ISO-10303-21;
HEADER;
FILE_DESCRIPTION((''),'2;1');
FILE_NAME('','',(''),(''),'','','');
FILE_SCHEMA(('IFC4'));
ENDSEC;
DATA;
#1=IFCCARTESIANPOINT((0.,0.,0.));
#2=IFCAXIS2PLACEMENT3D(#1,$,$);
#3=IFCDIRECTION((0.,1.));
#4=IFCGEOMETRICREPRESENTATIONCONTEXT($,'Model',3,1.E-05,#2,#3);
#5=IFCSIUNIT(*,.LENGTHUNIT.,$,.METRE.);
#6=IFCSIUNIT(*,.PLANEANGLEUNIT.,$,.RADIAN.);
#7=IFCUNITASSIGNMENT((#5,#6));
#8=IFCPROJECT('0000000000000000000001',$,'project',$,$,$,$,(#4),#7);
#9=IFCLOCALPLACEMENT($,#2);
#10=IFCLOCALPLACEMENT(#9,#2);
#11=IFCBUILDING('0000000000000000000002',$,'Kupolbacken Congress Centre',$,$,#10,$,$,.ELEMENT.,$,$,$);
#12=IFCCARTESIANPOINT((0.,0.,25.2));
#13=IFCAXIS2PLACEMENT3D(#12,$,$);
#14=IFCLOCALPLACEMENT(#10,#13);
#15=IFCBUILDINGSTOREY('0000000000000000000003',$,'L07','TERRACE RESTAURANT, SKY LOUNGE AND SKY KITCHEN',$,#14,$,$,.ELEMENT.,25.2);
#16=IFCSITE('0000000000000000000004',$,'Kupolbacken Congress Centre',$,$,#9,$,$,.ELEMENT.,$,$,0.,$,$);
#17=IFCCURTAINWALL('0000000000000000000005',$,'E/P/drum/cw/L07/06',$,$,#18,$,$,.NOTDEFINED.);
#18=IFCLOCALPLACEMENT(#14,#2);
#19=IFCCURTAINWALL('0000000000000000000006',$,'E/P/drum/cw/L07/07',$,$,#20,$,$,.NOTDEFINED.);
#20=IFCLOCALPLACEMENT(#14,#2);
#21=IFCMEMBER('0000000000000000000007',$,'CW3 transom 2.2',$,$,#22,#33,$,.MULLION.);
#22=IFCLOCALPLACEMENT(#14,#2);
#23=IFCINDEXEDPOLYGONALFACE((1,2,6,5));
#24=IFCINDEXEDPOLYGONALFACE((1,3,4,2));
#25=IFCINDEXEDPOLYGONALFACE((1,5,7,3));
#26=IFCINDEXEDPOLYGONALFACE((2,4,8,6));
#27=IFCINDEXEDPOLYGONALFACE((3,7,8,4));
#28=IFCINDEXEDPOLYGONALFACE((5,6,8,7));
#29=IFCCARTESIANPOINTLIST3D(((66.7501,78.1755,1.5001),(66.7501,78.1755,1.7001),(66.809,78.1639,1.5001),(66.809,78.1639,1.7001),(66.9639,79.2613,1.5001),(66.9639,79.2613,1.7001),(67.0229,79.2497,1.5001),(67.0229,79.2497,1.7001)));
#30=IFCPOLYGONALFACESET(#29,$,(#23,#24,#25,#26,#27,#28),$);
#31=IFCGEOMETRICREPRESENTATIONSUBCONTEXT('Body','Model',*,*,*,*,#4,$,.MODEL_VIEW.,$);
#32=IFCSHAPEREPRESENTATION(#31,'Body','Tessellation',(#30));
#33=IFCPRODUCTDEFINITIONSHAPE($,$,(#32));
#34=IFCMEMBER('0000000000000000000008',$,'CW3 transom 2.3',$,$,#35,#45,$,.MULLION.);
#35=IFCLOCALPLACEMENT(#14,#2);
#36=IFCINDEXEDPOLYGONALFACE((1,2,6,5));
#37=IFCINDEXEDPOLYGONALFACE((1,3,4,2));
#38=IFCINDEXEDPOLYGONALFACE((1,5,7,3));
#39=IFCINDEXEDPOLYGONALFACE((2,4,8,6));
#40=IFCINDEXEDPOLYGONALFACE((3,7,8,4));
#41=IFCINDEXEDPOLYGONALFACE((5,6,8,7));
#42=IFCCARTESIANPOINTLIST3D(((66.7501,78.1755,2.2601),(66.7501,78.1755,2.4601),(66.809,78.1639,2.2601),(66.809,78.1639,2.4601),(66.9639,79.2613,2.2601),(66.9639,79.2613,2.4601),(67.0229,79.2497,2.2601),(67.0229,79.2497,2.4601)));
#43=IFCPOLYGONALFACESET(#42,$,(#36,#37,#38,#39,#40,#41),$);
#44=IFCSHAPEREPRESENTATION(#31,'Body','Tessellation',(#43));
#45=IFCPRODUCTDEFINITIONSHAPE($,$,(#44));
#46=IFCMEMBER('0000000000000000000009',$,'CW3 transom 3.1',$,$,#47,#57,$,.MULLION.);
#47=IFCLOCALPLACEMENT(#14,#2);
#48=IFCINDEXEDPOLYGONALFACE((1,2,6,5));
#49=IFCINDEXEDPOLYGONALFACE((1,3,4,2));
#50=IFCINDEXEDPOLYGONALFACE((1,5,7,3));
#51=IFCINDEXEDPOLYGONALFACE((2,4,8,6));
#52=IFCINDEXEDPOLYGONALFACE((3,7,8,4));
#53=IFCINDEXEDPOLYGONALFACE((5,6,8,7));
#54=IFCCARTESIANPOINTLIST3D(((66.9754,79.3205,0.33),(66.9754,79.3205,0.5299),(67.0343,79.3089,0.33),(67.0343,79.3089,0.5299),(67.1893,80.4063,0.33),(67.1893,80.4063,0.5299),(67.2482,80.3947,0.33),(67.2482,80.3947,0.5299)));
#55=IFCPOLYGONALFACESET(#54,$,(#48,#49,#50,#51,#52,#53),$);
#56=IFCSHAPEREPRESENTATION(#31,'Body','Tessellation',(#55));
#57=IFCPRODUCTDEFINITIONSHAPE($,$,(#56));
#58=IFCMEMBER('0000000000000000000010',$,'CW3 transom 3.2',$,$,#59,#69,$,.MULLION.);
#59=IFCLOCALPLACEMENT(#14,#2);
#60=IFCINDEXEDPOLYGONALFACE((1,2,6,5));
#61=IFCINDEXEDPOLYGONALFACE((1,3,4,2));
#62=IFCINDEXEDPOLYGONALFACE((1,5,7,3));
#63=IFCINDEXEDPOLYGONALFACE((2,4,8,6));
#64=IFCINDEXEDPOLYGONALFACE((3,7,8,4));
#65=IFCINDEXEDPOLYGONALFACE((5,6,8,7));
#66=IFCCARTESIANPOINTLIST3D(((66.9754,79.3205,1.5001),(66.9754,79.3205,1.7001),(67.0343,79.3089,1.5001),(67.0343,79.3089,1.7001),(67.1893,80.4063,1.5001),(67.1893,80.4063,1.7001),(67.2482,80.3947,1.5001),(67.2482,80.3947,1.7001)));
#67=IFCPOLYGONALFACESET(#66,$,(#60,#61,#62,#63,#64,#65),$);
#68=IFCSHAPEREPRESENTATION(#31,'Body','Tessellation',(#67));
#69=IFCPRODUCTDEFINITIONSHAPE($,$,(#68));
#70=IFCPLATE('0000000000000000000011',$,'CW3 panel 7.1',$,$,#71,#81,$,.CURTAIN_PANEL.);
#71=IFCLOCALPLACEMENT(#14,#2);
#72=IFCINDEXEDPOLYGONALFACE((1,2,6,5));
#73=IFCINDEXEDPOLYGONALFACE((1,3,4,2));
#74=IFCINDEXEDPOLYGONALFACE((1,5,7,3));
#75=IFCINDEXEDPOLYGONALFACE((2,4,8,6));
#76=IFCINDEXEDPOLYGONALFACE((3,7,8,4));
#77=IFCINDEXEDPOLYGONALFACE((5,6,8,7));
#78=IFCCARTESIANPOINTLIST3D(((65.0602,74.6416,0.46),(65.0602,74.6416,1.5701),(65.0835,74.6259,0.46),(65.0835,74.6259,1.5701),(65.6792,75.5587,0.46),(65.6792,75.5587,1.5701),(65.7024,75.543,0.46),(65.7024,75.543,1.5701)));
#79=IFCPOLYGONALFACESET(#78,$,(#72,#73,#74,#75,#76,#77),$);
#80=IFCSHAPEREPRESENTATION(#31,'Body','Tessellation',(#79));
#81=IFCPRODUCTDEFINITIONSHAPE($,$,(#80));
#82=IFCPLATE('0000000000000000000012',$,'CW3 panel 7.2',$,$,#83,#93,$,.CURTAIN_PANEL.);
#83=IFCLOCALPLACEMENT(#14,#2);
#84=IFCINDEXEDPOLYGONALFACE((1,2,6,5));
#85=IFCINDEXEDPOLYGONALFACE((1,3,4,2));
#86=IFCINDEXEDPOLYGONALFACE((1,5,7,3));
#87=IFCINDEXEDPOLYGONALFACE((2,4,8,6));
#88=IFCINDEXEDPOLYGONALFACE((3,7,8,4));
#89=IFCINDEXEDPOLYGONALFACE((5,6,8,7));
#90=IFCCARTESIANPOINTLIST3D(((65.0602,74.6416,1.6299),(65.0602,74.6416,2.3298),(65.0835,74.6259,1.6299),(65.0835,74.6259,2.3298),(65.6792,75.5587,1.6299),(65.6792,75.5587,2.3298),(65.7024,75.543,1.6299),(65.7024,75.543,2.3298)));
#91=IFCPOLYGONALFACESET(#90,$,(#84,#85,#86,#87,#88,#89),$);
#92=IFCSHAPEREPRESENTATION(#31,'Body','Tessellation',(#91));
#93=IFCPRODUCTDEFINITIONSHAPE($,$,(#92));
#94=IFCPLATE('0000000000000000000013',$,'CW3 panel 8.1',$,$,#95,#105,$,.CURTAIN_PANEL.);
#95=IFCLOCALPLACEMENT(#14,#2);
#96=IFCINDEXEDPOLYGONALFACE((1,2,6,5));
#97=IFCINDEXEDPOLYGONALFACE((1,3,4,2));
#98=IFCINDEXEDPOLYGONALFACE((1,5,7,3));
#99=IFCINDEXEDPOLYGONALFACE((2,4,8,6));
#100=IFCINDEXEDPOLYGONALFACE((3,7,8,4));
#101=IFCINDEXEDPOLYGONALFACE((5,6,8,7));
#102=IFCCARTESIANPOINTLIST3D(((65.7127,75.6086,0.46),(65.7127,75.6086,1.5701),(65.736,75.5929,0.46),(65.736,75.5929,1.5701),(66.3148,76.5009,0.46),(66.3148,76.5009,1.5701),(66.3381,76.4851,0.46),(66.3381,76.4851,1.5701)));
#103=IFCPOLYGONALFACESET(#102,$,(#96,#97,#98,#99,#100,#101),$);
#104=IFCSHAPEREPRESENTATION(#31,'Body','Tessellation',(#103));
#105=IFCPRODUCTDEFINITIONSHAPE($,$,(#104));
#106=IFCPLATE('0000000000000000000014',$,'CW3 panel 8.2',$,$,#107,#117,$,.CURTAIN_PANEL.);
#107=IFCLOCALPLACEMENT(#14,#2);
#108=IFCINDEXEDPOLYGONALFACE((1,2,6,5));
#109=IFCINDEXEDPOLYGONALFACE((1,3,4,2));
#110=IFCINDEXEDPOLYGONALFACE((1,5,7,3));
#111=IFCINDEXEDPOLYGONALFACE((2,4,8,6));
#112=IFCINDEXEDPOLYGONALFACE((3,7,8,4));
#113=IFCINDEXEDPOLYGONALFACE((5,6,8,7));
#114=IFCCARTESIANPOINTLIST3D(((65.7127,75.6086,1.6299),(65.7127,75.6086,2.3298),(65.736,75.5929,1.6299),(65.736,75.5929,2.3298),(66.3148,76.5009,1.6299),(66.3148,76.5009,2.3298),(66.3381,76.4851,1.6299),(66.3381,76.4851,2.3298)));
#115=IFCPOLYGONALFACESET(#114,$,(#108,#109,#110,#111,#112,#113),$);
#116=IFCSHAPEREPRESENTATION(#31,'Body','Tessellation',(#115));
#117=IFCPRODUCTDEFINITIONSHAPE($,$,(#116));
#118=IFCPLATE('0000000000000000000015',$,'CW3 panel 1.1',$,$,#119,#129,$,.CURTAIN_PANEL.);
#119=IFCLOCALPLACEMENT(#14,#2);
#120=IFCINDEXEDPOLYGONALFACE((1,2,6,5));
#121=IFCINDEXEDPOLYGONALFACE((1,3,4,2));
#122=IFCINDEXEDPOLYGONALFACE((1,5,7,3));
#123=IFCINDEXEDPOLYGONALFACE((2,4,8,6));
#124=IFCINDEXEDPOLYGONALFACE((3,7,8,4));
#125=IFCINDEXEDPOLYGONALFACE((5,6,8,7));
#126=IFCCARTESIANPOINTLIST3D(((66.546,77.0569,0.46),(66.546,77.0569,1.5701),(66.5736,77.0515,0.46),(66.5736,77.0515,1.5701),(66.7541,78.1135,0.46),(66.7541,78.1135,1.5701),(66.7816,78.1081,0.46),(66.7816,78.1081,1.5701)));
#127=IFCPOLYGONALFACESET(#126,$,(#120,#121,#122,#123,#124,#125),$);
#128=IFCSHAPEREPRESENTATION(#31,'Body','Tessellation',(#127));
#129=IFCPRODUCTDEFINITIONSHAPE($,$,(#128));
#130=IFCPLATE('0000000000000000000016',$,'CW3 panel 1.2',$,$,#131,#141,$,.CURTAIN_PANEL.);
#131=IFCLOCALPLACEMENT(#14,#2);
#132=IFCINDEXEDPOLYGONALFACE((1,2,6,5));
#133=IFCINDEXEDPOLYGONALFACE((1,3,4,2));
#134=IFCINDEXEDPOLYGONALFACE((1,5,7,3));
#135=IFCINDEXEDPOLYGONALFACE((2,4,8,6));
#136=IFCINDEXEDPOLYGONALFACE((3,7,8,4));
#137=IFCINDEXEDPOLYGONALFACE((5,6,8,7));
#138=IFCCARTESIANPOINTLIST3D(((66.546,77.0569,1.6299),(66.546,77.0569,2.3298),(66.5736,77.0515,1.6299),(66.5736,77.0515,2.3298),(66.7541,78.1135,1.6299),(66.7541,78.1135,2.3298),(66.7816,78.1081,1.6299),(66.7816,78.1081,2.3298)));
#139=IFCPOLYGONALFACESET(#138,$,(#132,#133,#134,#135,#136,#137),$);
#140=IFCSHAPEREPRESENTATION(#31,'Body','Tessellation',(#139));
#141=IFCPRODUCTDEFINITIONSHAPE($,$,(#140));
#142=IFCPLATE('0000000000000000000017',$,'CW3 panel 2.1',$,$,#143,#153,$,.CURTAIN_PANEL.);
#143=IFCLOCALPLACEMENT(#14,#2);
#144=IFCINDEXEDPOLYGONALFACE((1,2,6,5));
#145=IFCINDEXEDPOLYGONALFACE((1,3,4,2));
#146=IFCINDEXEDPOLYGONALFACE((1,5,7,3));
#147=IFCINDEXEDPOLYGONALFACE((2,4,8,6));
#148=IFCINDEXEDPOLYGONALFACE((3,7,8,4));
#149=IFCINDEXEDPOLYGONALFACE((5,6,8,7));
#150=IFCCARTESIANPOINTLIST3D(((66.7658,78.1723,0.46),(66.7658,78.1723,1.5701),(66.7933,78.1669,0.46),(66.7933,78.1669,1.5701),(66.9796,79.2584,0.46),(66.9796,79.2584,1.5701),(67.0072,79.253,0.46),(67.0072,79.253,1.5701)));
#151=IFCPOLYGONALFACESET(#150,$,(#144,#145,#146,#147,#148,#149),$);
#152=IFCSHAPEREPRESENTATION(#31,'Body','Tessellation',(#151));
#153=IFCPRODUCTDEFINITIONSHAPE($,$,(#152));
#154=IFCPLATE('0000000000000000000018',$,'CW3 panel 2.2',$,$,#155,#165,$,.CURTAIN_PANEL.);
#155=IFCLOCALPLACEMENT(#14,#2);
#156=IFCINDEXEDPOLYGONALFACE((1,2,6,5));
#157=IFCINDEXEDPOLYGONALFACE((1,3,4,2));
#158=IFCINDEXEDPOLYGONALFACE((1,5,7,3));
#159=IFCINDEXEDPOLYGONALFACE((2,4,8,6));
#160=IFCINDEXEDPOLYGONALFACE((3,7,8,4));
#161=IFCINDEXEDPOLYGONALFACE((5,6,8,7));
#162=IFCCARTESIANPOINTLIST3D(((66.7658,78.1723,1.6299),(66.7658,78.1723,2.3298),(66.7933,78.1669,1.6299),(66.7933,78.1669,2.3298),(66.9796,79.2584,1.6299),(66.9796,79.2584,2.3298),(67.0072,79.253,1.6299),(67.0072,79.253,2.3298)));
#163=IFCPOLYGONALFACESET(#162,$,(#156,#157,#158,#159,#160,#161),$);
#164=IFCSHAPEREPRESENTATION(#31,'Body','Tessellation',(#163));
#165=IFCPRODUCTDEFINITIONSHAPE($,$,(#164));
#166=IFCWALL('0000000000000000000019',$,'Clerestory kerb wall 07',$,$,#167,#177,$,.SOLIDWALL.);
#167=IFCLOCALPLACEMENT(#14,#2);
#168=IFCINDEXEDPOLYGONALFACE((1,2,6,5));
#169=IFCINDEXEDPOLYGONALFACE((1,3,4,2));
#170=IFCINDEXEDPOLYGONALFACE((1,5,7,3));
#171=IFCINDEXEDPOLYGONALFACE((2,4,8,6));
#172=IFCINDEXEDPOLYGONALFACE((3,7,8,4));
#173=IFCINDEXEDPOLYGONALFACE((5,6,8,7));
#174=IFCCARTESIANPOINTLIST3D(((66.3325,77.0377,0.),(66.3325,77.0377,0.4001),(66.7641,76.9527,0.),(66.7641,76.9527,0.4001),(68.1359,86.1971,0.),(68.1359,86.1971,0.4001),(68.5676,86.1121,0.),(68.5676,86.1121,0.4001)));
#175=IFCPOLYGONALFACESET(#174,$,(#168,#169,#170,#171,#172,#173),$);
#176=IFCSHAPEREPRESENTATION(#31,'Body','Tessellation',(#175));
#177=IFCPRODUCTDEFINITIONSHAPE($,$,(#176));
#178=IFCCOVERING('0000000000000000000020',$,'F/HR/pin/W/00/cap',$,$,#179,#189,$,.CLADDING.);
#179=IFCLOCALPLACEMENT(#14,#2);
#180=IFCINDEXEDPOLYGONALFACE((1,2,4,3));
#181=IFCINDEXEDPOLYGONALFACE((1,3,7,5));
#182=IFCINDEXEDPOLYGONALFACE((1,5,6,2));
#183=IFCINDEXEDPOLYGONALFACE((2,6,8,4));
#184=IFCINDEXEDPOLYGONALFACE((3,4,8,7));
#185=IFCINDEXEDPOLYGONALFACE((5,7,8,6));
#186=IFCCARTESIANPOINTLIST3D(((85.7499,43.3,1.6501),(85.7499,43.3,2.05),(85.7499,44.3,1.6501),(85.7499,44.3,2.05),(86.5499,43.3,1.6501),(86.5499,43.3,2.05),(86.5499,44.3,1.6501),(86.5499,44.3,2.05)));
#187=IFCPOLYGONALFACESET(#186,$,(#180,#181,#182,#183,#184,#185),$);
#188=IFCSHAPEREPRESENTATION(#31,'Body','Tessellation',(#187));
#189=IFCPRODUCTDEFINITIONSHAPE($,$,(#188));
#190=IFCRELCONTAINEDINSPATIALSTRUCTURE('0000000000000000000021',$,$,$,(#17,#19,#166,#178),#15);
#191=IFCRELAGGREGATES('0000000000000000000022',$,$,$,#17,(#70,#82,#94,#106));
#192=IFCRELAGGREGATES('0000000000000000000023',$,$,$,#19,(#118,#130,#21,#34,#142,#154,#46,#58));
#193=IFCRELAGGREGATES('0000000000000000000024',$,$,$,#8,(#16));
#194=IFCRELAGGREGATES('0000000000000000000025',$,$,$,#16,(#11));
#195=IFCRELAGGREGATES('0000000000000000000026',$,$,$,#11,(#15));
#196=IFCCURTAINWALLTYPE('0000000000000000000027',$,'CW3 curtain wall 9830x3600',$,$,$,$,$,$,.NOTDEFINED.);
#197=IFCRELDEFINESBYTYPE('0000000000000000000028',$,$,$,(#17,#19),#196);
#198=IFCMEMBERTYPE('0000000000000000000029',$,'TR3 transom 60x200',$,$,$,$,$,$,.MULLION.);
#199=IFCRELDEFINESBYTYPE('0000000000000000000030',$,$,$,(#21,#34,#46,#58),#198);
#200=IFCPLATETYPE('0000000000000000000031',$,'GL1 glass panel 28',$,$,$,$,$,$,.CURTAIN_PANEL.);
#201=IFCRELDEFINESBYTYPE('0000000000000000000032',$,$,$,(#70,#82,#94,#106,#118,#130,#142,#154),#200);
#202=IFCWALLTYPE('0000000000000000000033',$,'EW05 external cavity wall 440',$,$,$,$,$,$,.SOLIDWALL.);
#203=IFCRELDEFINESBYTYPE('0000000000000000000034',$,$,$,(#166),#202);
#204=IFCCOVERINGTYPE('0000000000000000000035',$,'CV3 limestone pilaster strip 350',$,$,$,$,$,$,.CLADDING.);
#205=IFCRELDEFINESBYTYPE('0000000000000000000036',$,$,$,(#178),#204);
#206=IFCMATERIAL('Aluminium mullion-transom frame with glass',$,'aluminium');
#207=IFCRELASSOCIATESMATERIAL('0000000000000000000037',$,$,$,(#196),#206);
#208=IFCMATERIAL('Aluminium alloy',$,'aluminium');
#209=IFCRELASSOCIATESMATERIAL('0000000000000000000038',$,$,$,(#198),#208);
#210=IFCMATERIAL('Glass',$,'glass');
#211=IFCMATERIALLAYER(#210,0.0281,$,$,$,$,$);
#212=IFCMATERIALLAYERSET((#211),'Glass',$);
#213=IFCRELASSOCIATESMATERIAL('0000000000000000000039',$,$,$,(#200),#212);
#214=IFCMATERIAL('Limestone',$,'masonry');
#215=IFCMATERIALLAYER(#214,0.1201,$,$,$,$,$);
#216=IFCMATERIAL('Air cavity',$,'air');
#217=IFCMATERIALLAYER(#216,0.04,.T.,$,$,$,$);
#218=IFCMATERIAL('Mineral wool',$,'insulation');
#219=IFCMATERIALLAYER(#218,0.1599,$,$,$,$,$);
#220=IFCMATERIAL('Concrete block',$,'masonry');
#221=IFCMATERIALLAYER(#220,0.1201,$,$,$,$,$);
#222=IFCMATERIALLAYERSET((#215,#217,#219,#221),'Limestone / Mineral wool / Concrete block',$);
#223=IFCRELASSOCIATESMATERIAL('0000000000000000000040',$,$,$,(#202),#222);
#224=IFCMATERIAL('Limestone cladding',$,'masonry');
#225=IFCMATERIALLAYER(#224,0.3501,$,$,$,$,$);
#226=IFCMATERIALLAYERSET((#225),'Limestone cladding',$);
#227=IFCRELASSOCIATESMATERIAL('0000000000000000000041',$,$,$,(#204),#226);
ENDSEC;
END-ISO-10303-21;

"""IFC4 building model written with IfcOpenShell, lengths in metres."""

from ifc_helpers import new_model, si_unit, direction, frame, frame_2d, origin, origin_2d, place, context, subcontext, project, spatial, rectangle, extrude, material, layer, layer_set, material_profile, profile_set, type_object, element, aggregate, save


model = new_model("IFC4")

# Units and contexts
model_context = context("Model", 3, precision=1e-05, world=origin(), true_north=direction((0.0, 1.0)))
body_context = subcontext(model_context, "Body", "Model", "MODEL_VIEW")
ifc_project = project(units=[si_unit("LENGTHUNIT", "METRE"), si_unit("PLANEANGLEUNIT", "RADIAN")], contexts=[model_context])

# Site, building, storey
site_placement = place(None, origin())
site = spatial("IfcSite", under=ifc_project, at=site_placement, Name="Kupolbacken Congress Centre", CompositionType="ELEMENT", RefElevation=0.0)
building_placement = place(site_placement, origin())
building = spatial("IfcBuilding", under=site, at=building_placement, Name="Kupolbacken Congress Centre", CompositionType="ELEMENT")
storey_placement = place(building_placement, frame((0.0, 0.0, 25.2)))
storey = spatial("IfcBuildingStorey", under=building, at=storey_placement, Name="L07", Description="TERRACE RESTAURANT, SKY LOUNGE AND SKY KITCHEN", CompositionType="ELEMENT", Elevation=25.2)

# Curtain walls
ifc_material_1 = material(Name="Aluminium mullion-transom frame with glass", Category="aluminium")
curtain_wall_type = type_object("IfcCurtainWallType", Name="CW3 curtain wall 9830x3600", PredefinedType="NOTDEFINED", material=ifc_material_1)
curtain_wall_1_placement = place(storey_placement, origin())
curtain_wall_1 = element("IfcCurtainWall", 1, at=curtain_wall_1_placement, inside=storey, type_object=curtain_wall_type, Name="E/P/drum/cw/L07/06", PredefinedType="NOTDEFINED")
curtain_wall_2_placement = place(storey_placement, origin())
curtain_wall_2 = element("IfcCurtainWall", 2, at=curtain_wall_2_placement, inside=storey, type_object=curtain_wall_type, Name="E/P/drum/cw/L07/07", PredefinedType="NOTDEFINED")

# Members
ifc_material_2 = material(Name="Aluminium alloy", Category="aluminium")
ifc_material_profile_1 = material_profile(ifc_material_2, rectangle(XDim=0.0601, YDim=0.2, at=origin_2d()), Name="60 x 200")
ifc_profile_set_1 = profile_set([ifc_material_profile_1], Name="Aluminium alloy")
member_type_1 = type_object("IfcMemberType", Name="TR3 transom 60x200", PredefinedType="MULLION", material=ifc_profile_set_1)
member_1_placement = place(storey_placement, frame((66.7795, 78.1697, 1.6001), z_axis=(0.193231, 0.981153, 0.0), x_axis=(-0.981153, 0.193231, 0.0)))
member_1 = element("IfcMember", 3, at=member_1_placement, type_object=member_type_1, Name="CW3 transom 2.2", PredefinedType="MULLION", context=body_context, shape_type="SweptSolid", body=[
    extrude(rectangle(XDim=0.0601, YDim=0.2, at=origin_2d()), origin(), (0.0, 0.0, 1.0), 1.1067),
])
member_2_placement = place(storey_placement, frame((66.7795, 78.1697, 2.3601), z_axis=(0.193231, 0.981153, 0.0), x_axis=(-0.981153, 0.193231, 0.0)))
member_2 = element("IfcMember", 4, at=member_2_placement, type_object=member_type_1, Name="CW3 transom 2.3", PredefinedType="MULLION", context=body_context, shape_type="SweptSolid", body=[
    extrude(rectangle(XDim=0.0601, YDim=0.2, at=origin_2d()), origin(), (0.0, 0.0, 1.0), 1.1067),
])
member_3_placement = place(storey_placement, frame((67.0049, 79.3147, 0.4299), z_axis=(0.193231, 0.981153, 0.0), x_axis=(-0.981153, 0.193231, 0.0)))
member_3 = element("IfcMember", 5, at=member_3_placement, type_object=member_type_1, Name="CW3 transom 3.1", PredefinedType="MULLION", context=body_context, shape_type="SweptSolid", body=[
    extrude(rectangle(XDim=0.0601, YDim=0.2, at=origin_2d()), origin(), (0.0, 0.0, 1.0), 1.1067),
])
member_4_placement = place(storey_placement, frame((67.0049, 79.3147, 1.6001), z_axis=(0.193231, 0.981153, 0.0), x_axis=(-0.981153, 0.193231, 0.0)))
member_4 = element("IfcMember", 6, at=member_4_placement, type_object=member_type_1, Name="CW3 transom 3.2", PredefinedType="MULLION", context=body_context, shape_type="SweptSolid", body=[
    extrude(rectangle(XDim=0.0601, YDim=0.2, at=origin_2d()), origin(), (0.0, 0.0, 1.0), 1.1067),
])

# Plates
ifc_material_3 = material(Name="Glass", Category="glass")
ifc_layer_1 = layer(ifc_material_3, 0.0281)
ifc_layer_set_1 = layer_set([ifc_layer_1], Name="Glass")
plate_type = type_object("IfcPlateType", Name="GL1 glass panel 28", PredefinedType="CURTAIN_PANEL", material=ifc_layer_set_1)
plate_1_placement = place(storey_placement, frame((65.3813, 75.0923, 0.46), z_axis=(0.0, 0.0, 1.0), x_axis=(0.559386, 0.828908, 0.0)))
plate_1 = element("IfcPlate", 7, at=plate_1_placement, type_object=plate_type, Name="CW3 panel 7.1", PredefinedType="CURTAIN_PANEL", context=body_context, shape_type="SweptSolid", body=[
    extrude(rectangle(XDim=1.1064, YDim=0.0281, at=origin_2d()), origin(), (0.0, 0.0, 1.0), 1.1101),
])
plate_2_placement = place(storey_placement, frame((65.3813, 75.0923, 1.6299), z_axis=(0.0, 0.0, 1.0), x_axis=(0.559386, 0.828908, 0.0)))
plate_2 = element("IfcPlate", 8, at=plate_2_placement, type_object=plate_type, Name="CW3 panel 7.2", PredefinedType="CURTAIN_PANEL", context=body_context, shape_type="SweptSolid", body=[
    extrude(rectangle(XDim=1.1064, YDim=0.0281, at=origin_2d()), origin(), (0.0, 0.0, 1.0), 0.7),
])
plate_3_placement = place(storey_placement, frame((66.0254, 76.0469, 0.46), z_axis=(0.0, 0.0, 1.0), x_axis=(0.559386, 0.828908, 0.0)))
plate_3 = element("IfcPlate", 9, at=plate_3_placement, type_object=plate_type, Name="CW3 panel 8.1", PredefinedType="CURTAIN_PANEL", context=body_context, shape_type="SweptSolid", body=[
    extrude(rectangle(XDim=1.0764, YDim=0.0281, at=origin_2d()), origin(), (0.0, 0.0, 1.0), 1.1101),
])
plate_4_placement = place(storey_placement, frame((66.0254, 76.0469, 1.6299), z_axis=(0.0, 0.0, 1.0), x_axis=(0.559386, 0.828908, 0.0)))
plate_4 = element("IfcPlate", 10, at=plate_4_placement, type_object=plate_type, Name="CW3 panel 8.2", PredefinedType="CURTAIN_PANEL", context=body_context, shape_type="SweptSolid", body=[
    extrude(rectangle(XDim=1.0764, YDim=0.0281, at=origin_2d()), origin(), (0.0, 0.0, 1.0), 0.7),
])
aggregate(curtain_wall_1, [plate_1, plate_2, plate_3, plate_4])
plate_5_placement = place(storey_placement, frame((66.6638, 77.5825, 0.46), z_axis=(0.0, 0.0, 1.0), x_axis=(0.193182, 0.981163, 0.0)))
plate_5 = element("IfcPlate", 11, at=plate_5_placement, type_object=plate_type, Name="CW3 panel 1.1", PredefinedType="CURTAIN_PANEL", context=body_context, shape_type="SweptSolid", body=[
    extrude(rectangle(XDim=1.0769, YDim=0.0281, at=origin_2d()), origin(), (0.0, 0.0, 1.0), 1.1101),
])
plate_6_placement = place(storey_placement, frame((66.6638, 77.5825, 1.6299), z_axis=(0.0, 0.0, 1.0), x_axis=(0.193182, 0.981163, 0.0)))
plate_6 = element("IfcPlate", 12, at=plate_6_placement, type_object=plate_type, Name="CW3 panel 1.2", PredefinedType="CURTAIN_PANEL", context=body_context, shape_type="SweptSolid", body=[
    extrude(rectangle(XDim=1.0769, YDim=0.0281, at=origin_2d()), origin(), (0.0, 0.0, 1.0), 0.7),
])
plate_7_placement = place(storey_placement, frame((66.8865, 78.7126, 0.46), z_axis=(0.0, 0.0, 1.0), x_axis=(0.193182, 0.981163, 0.0)))
plate_7 = element("IfcPlate", 13, at=plate_7_placement, type_object=plate_type, Name="CW3 panel 2.1", PredefinedType="CURTAIN_PANEL", context=body_context, shape_type="SweptSolid", body=[
    extrude(rectangle(XDim=1.1069, YDim=0.0281, at=origin_2d()), origin(), (0.0, 0.0, 1.0), 1.1101),
])
plate_8_placement = place(storey_placement, frame((66.8865, 78.7126, 1.6299), z_axis=(0.0, 0.0, 1.0), x_axis=(0.193182, 0.981163, 0.0)))
plate_8 = element("IfcPlate", 14, at=plate_8_placement, type_object=plate_type, Name="CW3 panel 2.2", PredefinedType="CURTAIN_PANEL", context=body_context, shape_type="SweptSolid", body=[
    extrude(rectangle(XDim=1.1069, YDim=0.0281, at=origin_2d()), origin(), (0.0, 0.0, 1.0), 0.7),
])
aggregate(curtain_wall_2, [plate_5, plate_6, member_1, member_2, plate_7, plate_8, member_3, member_4])

# Wall
ifc_material_4 = material(Name="Limestone", Category="masonry")
ifc_layer_2 = layer(ifc_material_4, 0.1201)
ifc_material_5 = material(Name="Air cavity", Category="air")
ifc_layer_3 = layer(ifc_material_5, 0.04, ventilated=True)
ifc_material_6 = material(Name="Mineral wool", Category="insulation")
ifc_layer_4 = layer(ifc_material_6, 0.1599)
ifc_material_7 = material(Name="Concrete block", Category="masonry")
ifc_layer_5 = layer(ifc_material_7, 0.1201)
ifc_layer_set_2 = layer_set([ifc_layer_2, ifc_layer_3, ifc_layer_4, ifc_layer_5], Name="Limestone / Mineral wool / Concrete block")
wall_type = type_object("IfcWallType", Name="EW05 external cavity wall 440", PredefinedType="SOLIDWALL", material=ifc_layer_set_2)
wall_placement = place(storey_placement, frame((66.5483, 76.9954, 0.0), z_axis=(0.0, 0.0, 1.0), x_axis=(0.193188, 0.981162, 0.0)))
element("IfcWall", 15, at=wall_placement, inside=storey, type_object=wall_type, Name="Clerestory kerb wall 07", PredefinedType="SOLIDWALL", context=body_context, shape_type="SweptSolid", body=[
    extrude(rectangle(XDim=9.3352, YDim=0.4399, at=frame_2d((4.6675, 0.0))), origin(), (0.0, 0.0, 1.0), 0.4001),
])

# Covering
ifc_material_8 = material(Name="Limestone cladding", Category="masonry")
ifc_layer_6 = layer(ifc_material_8, 0.3501)
ifc_layer_set_3 = layer_set([ifc_layer_6], Name="Limestone cladding")
covering_type = type_object("IfcCoveringType", Name="CV3 limestone pilaster strip 350", PredefinedType="CLADDING", material=ifc_layer_set_3)
for number, where, z_axis, x_axis, name in (
    (16, (86.1499, 43.8, 1.6501), (0.0, 0.0, 1.0), (0.0, 1.0, 0.0), "F/HR/pin/W/00/cap"),
):
    element("IfcCovering", number, at=place(storey_placement, frame(where, z_axis=z_axis, x_axis=x_axis)), inside=storey, type_object=covering_type, Name=name, PredefinedType="CLADDING", context=body_context, shape_type="SweptSolid", body=[
        extrude(rectangle(XDim=1.0, YDim=0.8, at=origin_2d()), origin(), (0.0, 0.0, 1.0), 0.3999),
    ])

save(model, "model.ifc")
